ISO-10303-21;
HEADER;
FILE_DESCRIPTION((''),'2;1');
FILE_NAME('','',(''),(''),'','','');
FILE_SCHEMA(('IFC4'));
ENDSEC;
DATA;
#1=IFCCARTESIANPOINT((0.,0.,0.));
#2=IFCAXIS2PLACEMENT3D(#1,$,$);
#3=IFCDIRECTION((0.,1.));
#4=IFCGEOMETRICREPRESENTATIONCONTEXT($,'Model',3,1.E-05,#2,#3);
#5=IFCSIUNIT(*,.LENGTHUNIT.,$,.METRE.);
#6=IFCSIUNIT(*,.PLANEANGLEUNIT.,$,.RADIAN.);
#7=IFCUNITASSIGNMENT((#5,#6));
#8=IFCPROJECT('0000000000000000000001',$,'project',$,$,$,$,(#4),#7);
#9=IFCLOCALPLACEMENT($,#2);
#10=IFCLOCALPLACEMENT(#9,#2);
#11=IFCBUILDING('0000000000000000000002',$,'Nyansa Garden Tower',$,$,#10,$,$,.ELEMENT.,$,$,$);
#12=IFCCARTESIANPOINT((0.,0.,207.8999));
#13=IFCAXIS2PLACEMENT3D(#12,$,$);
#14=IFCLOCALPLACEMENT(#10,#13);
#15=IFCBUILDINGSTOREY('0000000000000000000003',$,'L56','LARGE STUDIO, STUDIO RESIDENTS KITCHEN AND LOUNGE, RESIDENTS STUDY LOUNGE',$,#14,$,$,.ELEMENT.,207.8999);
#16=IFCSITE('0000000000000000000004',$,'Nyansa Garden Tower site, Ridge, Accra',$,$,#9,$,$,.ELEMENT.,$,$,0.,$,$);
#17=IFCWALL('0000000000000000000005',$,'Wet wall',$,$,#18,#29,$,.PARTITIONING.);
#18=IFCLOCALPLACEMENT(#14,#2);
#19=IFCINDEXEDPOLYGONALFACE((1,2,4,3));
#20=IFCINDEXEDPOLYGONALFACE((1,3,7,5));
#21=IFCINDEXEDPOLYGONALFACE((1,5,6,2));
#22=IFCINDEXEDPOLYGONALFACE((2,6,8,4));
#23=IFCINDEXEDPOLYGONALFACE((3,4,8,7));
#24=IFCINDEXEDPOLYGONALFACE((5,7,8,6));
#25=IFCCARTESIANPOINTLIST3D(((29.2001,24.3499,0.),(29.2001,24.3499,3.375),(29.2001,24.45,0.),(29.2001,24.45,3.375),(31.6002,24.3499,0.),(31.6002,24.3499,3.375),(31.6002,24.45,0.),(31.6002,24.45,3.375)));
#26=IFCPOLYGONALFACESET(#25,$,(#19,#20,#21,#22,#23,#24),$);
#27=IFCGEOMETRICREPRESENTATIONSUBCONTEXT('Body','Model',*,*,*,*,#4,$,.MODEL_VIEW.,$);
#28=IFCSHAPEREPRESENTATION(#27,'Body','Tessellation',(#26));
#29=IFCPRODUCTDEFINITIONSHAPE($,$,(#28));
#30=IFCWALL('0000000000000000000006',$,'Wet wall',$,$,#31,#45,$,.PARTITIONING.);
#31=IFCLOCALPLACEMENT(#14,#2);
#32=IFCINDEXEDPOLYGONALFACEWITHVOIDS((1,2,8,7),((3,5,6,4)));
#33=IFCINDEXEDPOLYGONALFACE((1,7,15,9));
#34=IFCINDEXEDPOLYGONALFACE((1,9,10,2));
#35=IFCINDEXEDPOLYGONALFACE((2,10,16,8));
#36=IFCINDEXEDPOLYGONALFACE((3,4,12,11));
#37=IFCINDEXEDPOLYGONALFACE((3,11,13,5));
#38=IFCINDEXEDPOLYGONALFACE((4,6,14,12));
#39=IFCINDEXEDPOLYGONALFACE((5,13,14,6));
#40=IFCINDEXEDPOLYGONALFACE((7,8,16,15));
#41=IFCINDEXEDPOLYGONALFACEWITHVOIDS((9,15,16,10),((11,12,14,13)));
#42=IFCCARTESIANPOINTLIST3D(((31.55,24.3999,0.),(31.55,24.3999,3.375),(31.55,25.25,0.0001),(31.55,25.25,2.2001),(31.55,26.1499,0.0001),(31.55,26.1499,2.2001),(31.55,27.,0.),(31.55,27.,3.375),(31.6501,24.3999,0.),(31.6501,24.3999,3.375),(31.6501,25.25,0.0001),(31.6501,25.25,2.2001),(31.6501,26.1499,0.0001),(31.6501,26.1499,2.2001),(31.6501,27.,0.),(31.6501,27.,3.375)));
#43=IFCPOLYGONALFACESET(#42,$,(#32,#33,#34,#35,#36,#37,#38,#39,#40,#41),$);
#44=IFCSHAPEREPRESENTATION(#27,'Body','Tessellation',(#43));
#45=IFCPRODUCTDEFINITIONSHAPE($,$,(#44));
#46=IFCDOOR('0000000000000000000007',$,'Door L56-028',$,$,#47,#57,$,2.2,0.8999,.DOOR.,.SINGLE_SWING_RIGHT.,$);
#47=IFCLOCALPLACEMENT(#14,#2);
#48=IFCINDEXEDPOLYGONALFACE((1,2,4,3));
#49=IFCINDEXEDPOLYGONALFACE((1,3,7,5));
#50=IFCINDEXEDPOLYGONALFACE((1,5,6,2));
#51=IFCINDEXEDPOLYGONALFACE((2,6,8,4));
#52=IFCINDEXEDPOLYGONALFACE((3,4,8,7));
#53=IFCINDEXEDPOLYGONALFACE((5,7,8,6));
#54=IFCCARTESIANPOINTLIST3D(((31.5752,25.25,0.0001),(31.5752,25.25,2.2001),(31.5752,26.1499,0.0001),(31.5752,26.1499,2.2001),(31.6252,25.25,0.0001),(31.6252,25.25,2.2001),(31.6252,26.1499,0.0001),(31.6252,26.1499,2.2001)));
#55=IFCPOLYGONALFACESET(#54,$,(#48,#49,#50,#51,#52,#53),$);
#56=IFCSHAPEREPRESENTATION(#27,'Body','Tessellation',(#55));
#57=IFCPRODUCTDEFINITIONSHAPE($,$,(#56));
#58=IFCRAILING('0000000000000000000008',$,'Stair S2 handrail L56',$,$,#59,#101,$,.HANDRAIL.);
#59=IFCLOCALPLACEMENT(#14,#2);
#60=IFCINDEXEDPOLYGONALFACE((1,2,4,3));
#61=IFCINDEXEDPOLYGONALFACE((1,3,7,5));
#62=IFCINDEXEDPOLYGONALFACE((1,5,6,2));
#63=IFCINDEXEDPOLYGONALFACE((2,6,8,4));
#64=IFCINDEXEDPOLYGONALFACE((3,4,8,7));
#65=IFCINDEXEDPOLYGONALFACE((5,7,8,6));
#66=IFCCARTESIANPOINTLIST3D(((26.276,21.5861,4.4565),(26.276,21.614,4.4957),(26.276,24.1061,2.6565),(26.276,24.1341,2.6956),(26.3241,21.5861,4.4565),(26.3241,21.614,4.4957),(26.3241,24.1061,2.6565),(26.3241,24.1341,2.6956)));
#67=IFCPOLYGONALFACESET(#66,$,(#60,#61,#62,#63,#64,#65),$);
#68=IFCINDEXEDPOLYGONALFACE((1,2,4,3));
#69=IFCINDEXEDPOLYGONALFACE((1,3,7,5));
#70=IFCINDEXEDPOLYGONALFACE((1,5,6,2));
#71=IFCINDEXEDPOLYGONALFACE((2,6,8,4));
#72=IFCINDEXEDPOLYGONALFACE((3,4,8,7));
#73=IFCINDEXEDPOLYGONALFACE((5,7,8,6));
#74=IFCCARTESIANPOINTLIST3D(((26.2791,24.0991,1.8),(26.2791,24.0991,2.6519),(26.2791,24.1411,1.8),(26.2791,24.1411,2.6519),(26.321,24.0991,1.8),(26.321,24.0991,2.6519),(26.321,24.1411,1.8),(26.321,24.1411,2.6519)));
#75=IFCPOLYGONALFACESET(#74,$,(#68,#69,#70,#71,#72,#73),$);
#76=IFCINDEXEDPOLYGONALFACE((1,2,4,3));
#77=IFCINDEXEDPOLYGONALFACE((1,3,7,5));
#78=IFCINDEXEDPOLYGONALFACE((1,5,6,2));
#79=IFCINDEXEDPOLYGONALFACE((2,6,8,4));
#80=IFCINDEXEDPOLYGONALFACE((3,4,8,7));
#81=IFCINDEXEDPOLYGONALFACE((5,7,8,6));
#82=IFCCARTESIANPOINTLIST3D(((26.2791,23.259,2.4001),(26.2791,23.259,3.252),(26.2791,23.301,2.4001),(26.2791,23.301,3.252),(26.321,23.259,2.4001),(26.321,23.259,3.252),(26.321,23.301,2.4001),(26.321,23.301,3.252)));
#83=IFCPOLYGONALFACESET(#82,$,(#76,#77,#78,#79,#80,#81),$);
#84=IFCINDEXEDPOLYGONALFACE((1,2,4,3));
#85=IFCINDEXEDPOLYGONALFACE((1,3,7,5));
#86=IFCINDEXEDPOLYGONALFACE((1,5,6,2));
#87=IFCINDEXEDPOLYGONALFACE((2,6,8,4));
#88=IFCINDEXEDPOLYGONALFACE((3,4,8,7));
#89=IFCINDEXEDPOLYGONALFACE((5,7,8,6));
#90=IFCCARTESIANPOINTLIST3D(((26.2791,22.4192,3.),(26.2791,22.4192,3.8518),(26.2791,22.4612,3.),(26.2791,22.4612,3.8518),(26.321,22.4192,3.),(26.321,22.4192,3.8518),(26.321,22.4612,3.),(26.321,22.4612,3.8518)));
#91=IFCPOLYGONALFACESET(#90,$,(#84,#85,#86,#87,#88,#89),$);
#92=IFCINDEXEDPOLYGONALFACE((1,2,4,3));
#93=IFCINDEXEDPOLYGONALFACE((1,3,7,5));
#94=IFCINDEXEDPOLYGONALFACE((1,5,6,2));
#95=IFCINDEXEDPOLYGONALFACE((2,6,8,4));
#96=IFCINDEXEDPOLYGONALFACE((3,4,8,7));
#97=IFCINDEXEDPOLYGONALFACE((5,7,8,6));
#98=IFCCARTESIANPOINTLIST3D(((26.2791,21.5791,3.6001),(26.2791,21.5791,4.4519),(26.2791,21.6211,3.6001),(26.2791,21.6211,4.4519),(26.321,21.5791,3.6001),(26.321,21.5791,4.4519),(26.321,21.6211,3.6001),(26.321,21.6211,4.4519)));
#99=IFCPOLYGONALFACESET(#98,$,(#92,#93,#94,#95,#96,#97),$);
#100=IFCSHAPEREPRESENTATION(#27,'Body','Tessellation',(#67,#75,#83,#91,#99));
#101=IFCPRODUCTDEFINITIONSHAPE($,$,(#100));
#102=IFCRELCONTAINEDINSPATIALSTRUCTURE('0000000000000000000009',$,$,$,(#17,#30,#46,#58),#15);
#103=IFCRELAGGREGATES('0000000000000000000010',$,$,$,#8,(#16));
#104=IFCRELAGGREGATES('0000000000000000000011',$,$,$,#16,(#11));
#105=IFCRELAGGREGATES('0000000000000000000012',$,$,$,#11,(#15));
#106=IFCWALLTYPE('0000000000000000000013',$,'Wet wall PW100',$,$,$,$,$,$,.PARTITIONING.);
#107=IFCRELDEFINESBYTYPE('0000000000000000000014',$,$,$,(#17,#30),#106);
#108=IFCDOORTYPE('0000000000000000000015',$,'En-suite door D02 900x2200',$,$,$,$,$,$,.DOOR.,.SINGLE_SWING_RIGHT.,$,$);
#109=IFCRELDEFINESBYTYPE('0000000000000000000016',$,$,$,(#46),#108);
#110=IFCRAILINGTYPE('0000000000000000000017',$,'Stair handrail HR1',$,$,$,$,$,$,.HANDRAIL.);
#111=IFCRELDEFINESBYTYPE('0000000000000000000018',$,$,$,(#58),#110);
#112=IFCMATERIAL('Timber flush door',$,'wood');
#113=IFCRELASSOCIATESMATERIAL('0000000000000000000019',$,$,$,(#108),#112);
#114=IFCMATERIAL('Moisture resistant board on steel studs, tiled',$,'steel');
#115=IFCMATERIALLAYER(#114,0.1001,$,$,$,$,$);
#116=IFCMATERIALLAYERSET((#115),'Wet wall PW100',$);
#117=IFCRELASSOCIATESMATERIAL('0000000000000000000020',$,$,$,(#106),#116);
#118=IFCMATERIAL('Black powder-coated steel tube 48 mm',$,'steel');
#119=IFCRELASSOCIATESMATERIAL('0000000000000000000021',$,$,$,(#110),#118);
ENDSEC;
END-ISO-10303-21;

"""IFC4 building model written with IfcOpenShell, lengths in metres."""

from ifc_helpers import new_model, si_unit, direction, frame, frame_2d, origin, origin_2d, place, context, subcontext, project, spatial, rectangle, extrude, material, layer, layer_set, type_object, element, fill, save


model = new_model("IFC4")

# Units and contexts
model_context = context("Model", 3, precision=1e-05, world=origin(), true_north=direction((0.0, 1.0)))
body_context = subcontext(model_context, "Body", "Model", "MODEL_VIEW")
ifc_project = project(units=[si_unit("LENGTHUNIT", "METRE"), si_unit("PLANEANGLEUNIT", "RADIAN")], contexts=[model_context])

# Site, building, storey
site_placement = place(None, origin())
site = spatial("IfcSite", under=ifc_project, at=site_placement, Name="Nyansa Garden Tower site, Ridge, Accra", CompositionType="ELEMENT", RefElevation=0.0)
building_placement = place(site_placement, origin())
building = spatial("IfcBuilding", under=site, at=building_placement, Name="Nyansa Garden Tower", CompositionType="ELEMENT")
storey_placement = place(building_placement, frame((0.0, 0.0, 207.8999)))
storey = spatial("IfcBuildingStorey", under=building, at=storey_placement, Name="L56", Description="LARGE STUDIO, STUDIO RESIDENTS KITCHEN AND LOUNGE, RESIDENTS STUDY LOUNGE", CompositionType="ELEMENT", Elevation=207.8999)

# Shared definitions
ifc_material_1 = material(Name="Timber flush door", Category="wood")
door_type = type_object("IfcDoorType", Name="En-suite door D02 900x2200", OperationType="SINGLE_SWING_RIGHT", PredefinedType="DOOR", material=ifc_material_1)

# Wall
ifc_material_2 = material(Name="Moisture resistant board on steel studs, tiled", Category="steel")
ifc_layer_1 = layer(ifc_material_2, 0.1001)
ifc_layer_set_1 = layer_set([ifc_layer_1], Name="Wet wall PW100")
wall_type_1 = type_object("IfcWallType", Name="Wet wall PW100", PredefinedType="PARTITIONING", material=ifc_layer_set_1)
wall_1_placement = place(storey_placement, frame((29.2, 24.3999, 0.0), z_axis=(0.0, 0.0, 1.0), x_axis=(1.0, 0.0, 0.0)))
element("IfcWall", 1, at=wall_1_placement, inside=storey, type_object=wall_type_1, Name="Wet wall", PredefinedType="PARTITIONING", context=body_context, shape_type="SweptSolid", body=[
    extrude(rectangle(XDim=2.4001, YDim=0.1001, at=frame_2d((1.2002, 0.0))), origin(), (0.0, 0.0, 1.0), 3.375),
])

# Wall, opening, door
wall_2_placement = place(storey_placement, frame((31.6001, 24.3999, 0.0), z_axis=(0.0, 0.0, 1.0), x_axis=(0.0, 1.0, 0.0)))
wall_2 = element("IfcWall", 2, at=wall_2_placement, inside=storey, type_object=wall_type_1, Name="Wet wall", PredefinedType="PARTITIONING", context=body_context, shape_type="SweptSolid", body=[
    extrude(rectangle(XDim=2.6001, YDim=0.1001, at=frame_2d((1.3, 0.0))), origin(), (0.0, 0.0, 1.0), 3.375),
])
opening_1_placement = place(wall_2_placement, frame((0.8501, 0.0, 0.0)))
opening_1 = element("IfcOpeningElement", 3, at=opening_1_placement, cuts=wall_2, PredefinedType="OPENING", context=body_context, shape_type="SweptSolid", body=[
    extrude(rectangle(XDim=0.8999, YDim=2.2, at=frame_2d((0.45, 1.1001))), frame((0.0, 0.0601, 0.0), z_axis=(0.0, -1.0, 0.0), x_axis=(1.0, 0.0, 0.0)), (0.0, 0.0, 1.0), 0.1201),
])
door_1_placement = place(opening_1_placement, origin())
door_1 = element("IfcDoor", 4, at=door_1_placement, inside=storey, type_object=door_type, Name="Door L56-028", OperationType="SINGLE_SWING_RIGHT", OverallHeight=2.2, OverallWidth=0.8999, PredefinedType="DOOR", context=body_context, shape_type="SweptSolid", body=[
    extrude(rectangle(XDim=0.8999, YDim=2.2, at=frame_2d((0.45, 1.1001))), frame((0.0, 0.0249, 0.0), z_axis=(0.0, -1.0, 0.0), x_axis=(1.0, 0.0, 0.0)), (0.0, 0.0, 1.0), 0.05),
])
fill(opening_1, door_1)

# Railing
ifc_material_3 = material(Name="Black powder-coated steel tube 48 mm", Category="steel")
railing_type = type_object("IfcRailingType", Name="Stair handrail HR1", PredefinedType="HANDRAIL", material=ifc_material_3)
railing_placement = place(storey_placement, frame((26.3, 24.1201, 1.8)))
element("IfcRailing", 5, at=railing_placement, inside=storey, type_object=railing_type, Name="Stair S2 handrail L56", PredefinedType="HANDRAIL", context=body_context, shape_type="SweptSolid", body=[
    extrude(rectangle(XDim=0.0481, YDim=0.0481, at=origin_2d()), frame((0.0, 0.0, 0.876), z_axis=(0.0, -0.813728, 0.581246), x_axis=(1.0, 0.0, 0.0)), (0.0, 0.0, 1.0), 3.0969),
    extrude(rectangle(XDim=0.042, YDim=0.042, at=origin_2d()), origin(), (0.0, 0.0, 1.0), 0.8518),
    extrude(rectangle(XDim=0.042, YDim=0.042, at=origin_2d()), frame((0.0, -0.8401, 0.6001)), (0.0, 0.0, 1.0), 0.8518),
    extrude(rectangle(XDim=0.042, YDim=0.042, at=origin_2d()), frame((0.0, -1.6799, 1.2)), (0.0, 0.0, 1.0), 0.8518),
    extrude(rectangle(XDim=0.042, YDim=0.042, at=origin_2d()), frame((0.0, -2.52, 1.8)), (0.0, 0.0, 1.0), 0.8518),
])

save(model, "model.ifc")
